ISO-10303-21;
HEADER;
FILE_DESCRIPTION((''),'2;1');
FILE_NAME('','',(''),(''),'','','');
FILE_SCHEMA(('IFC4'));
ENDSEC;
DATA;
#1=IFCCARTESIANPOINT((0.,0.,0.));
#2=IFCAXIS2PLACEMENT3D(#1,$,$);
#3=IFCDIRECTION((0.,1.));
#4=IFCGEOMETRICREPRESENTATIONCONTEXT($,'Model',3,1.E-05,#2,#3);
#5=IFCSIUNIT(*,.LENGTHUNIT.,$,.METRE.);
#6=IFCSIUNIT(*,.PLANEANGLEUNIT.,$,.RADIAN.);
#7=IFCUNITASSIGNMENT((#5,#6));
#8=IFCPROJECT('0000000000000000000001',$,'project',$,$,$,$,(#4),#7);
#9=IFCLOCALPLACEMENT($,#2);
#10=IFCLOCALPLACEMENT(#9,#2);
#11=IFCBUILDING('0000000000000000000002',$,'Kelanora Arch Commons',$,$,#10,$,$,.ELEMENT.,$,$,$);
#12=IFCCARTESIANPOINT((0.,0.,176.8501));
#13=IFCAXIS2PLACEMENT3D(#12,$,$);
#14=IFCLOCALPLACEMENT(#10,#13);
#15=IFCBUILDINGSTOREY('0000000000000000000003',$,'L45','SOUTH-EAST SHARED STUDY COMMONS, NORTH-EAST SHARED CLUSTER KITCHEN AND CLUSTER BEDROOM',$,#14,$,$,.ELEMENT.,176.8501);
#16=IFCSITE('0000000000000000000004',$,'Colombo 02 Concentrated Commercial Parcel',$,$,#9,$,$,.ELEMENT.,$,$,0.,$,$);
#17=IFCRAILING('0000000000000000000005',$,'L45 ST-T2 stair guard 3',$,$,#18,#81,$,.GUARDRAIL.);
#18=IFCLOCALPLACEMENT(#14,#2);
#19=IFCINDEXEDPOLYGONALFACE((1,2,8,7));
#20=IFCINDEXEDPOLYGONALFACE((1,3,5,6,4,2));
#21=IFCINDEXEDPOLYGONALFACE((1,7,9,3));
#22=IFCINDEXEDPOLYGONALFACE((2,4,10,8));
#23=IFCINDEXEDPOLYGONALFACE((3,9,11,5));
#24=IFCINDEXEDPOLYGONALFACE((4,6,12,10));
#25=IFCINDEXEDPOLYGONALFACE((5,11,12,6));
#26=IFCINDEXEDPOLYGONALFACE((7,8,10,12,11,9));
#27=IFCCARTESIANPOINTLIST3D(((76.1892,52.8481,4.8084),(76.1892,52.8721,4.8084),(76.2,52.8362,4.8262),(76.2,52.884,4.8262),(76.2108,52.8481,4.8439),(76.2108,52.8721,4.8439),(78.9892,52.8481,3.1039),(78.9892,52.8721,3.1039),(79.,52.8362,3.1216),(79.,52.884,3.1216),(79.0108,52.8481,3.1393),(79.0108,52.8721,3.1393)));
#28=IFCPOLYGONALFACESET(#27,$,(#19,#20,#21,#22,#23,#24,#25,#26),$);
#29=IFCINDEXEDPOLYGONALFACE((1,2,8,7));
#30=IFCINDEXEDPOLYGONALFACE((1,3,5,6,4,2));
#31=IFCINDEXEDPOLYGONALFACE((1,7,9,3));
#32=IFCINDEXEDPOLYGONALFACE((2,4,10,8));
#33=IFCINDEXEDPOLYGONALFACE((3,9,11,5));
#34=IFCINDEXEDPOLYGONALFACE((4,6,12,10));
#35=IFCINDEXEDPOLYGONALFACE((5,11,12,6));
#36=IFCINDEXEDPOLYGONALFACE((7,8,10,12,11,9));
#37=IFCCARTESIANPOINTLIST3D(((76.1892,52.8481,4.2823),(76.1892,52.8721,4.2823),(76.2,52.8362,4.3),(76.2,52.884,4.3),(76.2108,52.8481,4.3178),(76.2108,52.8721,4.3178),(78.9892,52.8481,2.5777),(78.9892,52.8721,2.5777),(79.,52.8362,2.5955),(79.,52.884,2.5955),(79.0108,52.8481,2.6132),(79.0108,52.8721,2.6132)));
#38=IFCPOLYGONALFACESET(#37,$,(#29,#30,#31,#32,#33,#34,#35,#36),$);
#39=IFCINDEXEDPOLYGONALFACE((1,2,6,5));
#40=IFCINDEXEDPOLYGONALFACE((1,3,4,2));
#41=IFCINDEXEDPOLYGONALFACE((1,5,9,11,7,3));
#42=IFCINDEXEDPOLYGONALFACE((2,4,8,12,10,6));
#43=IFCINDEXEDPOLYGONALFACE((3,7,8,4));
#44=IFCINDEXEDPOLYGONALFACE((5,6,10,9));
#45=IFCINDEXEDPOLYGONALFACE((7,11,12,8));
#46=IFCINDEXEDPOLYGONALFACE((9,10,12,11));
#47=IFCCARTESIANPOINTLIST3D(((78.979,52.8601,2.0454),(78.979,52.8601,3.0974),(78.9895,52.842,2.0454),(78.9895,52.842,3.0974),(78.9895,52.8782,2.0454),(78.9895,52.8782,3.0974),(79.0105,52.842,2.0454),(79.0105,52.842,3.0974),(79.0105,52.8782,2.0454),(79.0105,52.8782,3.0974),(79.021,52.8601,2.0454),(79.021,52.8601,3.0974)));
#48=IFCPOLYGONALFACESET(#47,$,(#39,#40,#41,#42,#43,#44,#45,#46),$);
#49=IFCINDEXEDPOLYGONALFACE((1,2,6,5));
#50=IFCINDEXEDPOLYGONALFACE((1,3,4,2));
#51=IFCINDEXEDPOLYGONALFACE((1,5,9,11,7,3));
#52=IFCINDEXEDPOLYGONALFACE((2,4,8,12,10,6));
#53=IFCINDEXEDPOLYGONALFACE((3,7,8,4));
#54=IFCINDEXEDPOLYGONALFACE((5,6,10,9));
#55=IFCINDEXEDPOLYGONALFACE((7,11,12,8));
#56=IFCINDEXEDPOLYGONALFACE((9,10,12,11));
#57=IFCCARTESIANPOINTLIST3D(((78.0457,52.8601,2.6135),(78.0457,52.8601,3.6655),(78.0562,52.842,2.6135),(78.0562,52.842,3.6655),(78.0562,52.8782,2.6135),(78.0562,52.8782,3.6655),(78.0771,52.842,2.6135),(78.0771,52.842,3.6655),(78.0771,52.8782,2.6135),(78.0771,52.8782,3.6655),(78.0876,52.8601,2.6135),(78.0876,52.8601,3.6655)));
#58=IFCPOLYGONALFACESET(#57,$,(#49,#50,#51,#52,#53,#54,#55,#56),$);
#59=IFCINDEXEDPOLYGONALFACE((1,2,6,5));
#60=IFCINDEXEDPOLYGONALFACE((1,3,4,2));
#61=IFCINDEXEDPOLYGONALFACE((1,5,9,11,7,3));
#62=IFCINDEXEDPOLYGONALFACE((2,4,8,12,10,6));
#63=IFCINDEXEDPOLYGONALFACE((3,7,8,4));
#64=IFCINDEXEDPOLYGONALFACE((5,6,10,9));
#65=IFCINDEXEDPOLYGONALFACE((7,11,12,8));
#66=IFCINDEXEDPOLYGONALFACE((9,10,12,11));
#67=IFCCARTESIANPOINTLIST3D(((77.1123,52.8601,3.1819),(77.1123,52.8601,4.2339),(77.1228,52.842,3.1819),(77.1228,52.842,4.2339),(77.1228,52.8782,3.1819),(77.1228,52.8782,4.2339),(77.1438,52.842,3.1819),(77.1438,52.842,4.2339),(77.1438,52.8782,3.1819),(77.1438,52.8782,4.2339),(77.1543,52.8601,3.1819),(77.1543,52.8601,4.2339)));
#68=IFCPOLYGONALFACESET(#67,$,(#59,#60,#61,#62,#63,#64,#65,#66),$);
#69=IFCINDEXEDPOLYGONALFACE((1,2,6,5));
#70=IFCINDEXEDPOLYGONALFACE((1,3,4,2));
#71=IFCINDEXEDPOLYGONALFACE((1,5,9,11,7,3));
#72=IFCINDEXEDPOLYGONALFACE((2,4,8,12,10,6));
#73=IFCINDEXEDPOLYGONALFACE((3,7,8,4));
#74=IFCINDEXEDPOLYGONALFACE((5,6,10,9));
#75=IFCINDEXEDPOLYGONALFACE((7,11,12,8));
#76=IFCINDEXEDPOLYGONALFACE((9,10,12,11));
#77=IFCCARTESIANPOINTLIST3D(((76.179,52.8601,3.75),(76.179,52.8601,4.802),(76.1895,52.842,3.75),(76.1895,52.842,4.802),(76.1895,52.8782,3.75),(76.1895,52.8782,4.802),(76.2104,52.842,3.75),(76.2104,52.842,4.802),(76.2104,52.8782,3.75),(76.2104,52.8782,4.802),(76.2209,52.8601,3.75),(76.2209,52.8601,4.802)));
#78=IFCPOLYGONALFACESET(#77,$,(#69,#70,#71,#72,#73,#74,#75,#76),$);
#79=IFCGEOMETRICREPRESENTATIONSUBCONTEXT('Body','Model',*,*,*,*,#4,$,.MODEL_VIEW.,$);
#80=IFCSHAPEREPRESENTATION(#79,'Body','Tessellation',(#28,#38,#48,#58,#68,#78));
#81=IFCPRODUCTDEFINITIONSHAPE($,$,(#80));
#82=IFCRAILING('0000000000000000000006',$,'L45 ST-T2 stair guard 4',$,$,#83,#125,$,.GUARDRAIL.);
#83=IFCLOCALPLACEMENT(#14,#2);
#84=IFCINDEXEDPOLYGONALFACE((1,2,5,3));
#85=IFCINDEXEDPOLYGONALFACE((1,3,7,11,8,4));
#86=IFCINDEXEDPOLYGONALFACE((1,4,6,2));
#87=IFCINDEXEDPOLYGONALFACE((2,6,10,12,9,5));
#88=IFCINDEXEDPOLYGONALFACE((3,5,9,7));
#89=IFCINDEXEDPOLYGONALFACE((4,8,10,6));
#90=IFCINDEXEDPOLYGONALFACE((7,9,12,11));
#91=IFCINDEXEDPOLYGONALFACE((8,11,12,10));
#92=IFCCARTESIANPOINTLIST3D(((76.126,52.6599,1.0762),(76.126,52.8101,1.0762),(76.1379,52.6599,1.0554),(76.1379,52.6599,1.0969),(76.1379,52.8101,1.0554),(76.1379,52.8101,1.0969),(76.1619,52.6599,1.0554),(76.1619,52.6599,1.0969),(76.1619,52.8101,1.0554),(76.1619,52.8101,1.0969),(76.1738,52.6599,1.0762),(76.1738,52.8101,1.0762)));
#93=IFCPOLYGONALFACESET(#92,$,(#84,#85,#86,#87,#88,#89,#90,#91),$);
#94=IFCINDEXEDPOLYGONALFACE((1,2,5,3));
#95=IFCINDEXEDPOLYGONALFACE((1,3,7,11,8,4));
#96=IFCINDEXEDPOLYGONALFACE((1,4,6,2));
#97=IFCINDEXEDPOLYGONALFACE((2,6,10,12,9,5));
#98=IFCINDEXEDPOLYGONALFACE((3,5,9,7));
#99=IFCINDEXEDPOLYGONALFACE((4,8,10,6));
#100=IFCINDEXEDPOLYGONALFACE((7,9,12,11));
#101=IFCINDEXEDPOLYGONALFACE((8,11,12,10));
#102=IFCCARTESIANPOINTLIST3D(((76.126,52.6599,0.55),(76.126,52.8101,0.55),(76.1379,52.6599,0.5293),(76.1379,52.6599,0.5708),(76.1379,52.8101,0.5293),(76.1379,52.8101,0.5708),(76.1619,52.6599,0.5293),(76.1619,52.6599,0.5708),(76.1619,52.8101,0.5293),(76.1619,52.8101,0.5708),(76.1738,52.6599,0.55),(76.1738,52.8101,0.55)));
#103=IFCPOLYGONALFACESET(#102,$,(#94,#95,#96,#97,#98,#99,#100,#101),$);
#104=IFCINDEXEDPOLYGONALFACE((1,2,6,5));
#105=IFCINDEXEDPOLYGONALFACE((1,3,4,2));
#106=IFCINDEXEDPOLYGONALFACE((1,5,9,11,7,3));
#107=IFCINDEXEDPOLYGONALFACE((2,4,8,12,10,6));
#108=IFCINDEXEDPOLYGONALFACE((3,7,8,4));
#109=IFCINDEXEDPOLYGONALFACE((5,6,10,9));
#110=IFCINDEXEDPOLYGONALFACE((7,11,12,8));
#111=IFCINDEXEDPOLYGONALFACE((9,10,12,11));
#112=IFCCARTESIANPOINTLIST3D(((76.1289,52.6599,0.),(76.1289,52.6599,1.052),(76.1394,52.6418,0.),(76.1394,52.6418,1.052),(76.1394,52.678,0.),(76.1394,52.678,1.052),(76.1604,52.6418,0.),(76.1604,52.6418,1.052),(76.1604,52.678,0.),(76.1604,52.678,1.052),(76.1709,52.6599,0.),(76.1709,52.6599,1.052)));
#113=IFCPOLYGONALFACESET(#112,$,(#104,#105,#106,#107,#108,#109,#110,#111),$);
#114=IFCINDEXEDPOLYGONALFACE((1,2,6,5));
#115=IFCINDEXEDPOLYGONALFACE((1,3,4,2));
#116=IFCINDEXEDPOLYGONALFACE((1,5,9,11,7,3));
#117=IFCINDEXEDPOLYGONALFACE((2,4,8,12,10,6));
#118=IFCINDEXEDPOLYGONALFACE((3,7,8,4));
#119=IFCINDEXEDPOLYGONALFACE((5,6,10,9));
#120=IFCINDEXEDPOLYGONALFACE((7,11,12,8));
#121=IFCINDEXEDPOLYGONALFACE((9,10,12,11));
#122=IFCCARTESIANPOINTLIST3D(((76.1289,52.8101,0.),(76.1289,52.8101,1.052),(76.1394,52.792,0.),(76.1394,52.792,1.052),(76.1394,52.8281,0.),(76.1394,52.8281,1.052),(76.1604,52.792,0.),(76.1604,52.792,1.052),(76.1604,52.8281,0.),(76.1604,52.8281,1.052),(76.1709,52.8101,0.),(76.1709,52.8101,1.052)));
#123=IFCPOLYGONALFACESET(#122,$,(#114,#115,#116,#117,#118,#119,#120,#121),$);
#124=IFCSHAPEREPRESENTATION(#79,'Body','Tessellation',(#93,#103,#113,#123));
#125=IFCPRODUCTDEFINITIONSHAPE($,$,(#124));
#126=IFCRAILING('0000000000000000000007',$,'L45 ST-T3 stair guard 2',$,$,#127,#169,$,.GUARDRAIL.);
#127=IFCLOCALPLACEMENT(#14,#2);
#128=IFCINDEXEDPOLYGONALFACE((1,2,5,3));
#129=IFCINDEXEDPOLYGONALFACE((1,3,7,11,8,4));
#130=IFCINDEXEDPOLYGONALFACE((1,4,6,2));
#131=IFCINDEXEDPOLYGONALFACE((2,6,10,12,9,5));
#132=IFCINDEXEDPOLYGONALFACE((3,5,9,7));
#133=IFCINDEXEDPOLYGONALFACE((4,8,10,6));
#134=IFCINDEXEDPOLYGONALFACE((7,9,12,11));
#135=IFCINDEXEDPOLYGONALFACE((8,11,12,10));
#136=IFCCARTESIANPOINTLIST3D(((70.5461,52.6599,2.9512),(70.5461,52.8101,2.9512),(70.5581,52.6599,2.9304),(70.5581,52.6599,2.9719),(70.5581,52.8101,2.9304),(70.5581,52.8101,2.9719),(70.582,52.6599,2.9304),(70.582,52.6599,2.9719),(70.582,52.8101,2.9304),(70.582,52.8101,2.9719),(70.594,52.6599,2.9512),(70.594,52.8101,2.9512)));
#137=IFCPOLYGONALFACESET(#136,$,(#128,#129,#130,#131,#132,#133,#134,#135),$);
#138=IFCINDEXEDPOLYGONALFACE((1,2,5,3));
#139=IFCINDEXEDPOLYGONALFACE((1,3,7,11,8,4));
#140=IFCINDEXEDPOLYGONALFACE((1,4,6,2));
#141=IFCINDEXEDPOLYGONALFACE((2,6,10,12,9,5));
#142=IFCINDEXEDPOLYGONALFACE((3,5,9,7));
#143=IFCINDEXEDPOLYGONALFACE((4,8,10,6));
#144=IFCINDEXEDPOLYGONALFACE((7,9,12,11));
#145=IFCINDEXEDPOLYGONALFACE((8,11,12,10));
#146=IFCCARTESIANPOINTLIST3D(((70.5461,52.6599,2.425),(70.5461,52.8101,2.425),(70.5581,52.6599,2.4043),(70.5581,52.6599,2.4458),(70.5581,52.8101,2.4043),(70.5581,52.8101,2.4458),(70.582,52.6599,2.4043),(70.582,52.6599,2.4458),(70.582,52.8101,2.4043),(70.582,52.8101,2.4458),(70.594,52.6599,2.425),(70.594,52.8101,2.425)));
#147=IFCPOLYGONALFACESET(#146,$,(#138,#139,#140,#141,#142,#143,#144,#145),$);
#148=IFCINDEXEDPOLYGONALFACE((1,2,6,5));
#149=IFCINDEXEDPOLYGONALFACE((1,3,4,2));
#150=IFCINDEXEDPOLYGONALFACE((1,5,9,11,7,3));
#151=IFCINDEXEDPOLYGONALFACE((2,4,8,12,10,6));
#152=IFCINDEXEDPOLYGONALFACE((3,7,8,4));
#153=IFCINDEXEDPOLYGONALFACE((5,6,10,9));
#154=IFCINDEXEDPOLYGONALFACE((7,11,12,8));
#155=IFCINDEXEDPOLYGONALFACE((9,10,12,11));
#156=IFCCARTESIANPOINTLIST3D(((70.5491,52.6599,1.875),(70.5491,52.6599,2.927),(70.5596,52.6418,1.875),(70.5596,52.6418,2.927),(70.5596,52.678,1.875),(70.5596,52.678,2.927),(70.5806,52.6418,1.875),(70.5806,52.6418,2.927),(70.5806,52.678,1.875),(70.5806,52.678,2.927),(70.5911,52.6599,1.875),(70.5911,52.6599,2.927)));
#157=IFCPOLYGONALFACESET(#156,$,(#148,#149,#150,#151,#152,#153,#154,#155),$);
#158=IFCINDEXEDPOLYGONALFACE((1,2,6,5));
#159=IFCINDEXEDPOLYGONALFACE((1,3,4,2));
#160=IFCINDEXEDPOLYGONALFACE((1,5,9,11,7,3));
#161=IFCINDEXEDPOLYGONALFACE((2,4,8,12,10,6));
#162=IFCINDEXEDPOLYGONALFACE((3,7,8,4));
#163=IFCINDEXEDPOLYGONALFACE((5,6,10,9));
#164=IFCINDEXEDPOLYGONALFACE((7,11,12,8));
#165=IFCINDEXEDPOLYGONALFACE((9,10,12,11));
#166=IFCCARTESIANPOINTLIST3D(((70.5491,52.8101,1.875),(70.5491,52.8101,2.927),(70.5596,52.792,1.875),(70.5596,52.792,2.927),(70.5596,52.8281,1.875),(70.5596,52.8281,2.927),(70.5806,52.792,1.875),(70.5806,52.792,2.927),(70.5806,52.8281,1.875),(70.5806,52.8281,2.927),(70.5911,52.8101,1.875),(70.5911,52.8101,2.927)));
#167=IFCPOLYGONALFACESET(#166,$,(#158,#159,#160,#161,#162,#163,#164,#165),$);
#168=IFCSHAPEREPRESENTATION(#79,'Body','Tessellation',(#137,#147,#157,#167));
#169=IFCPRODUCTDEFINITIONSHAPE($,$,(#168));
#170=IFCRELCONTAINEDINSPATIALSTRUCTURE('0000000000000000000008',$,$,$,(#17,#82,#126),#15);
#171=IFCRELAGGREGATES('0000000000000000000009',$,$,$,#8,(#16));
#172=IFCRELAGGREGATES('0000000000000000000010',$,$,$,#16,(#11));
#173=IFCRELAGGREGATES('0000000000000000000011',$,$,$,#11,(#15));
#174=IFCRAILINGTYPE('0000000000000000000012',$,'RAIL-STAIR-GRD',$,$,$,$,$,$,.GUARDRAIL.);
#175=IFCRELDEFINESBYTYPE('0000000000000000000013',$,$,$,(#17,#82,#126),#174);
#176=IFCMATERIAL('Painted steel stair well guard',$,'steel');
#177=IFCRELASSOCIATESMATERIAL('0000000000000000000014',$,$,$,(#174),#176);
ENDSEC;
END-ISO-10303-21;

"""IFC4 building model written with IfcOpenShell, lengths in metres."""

from ifc_helpers import new_model, si_unit, direction, frame, origin, place, context, subcontext, project, spatial, polyline, outline, extrude, material, type_object, element, save


model = new_model("IFC4")

# Units and contexts
model_context = context("Model", 3, precision=1e-05, world=origin(), true_north=direction((0.0, 1.0)))
body_context = subcontext(model_context, "Body", "Model", "MODEL_VIEW")
ifc_project = project(units=[si_unit("LENGTHUNIT", "METRE"), si_unit("PLANEANGLEUNIT", "RADIAN")], contexts=[model_context])

# Site, building, storey
site_placement = place(None, origin())
site = spatial("IfcSite", under=ifc_project, at=site_placement, Name="Colombo 02 Concentrated Commercial Parcel", CompositionType="ELEMENT", RefElevation=0.0)
building_placement = place(site_placement, origin())
building = spatial("IfcBuilding", under=site, at=building_placement, Name="Kelanora Arch Commons", CompositionType="ELEMENT")
storey_placement = place(building_placement, frame((0.0, 0.0, 176.8501)))
storey = spatial("IfcBuildingStorey", under=building, at=storey_placement, Name="L45", Description="SOUTH-EAST SHARED STUDY COMMONS, NORTH-EAST SHARED CLUSTER KITCHEN AND CLUSTER BEDROOM", CompositionType="ELEMENT", Elevation=176.8501)

# Railings
ifc_material_1 = material(Name="Painted steel stair well guard", Category="steel")
railing_type_1 = type_object("IfcRailingType", Name="RAIL-STAIR-GRD", PredefinedType="GUARDRAIL", material=ifc_material_1)
railing_1_placement = place(storey_placement, frame((79.0, 52.8601, 2.0454)))
element("IfcRailing", 1, at=railing_1_placement, inside=storey, type_object=railing_type_1, Name="L45 ST-T2 stair guard 3", PredefinedType="GUARDRAIL", context=body_context, shape_type="SweptSolid", body=[
    extrude(outline(polyline([(0.0239, 0.0), (0.012, 0.0208), (-0.012, 0.0208), (-0.0239, 0.0), (-0.012, -0.0208), (0.012, -0.0208), (0.0239, 0.0)])), frame((0.0, 0.0, 1.0762), z_axis=(-0.85417, 0.0, 0.519994), x_axis=(0.0, -1.0, 0.0)), (0.0, 0.0, 1.0), 3.2781),
    extrude(outline(polyline([(0.0239, 0.0), (0.012, 0.0208), (-0.012, 0.0208), (-0.0239, 0.0), (-0.012, -0.0208), (0.012, -0.0208), (0.0239, 0.0)])), frame((0.0, 0.0, 0.55), z_axis=(-0.85417, 0.0, 0.519994), x_axis=(0.0, -1.0, 0.0)), (0.0, 0.0, 1.0), 3.2781),
    extrude(outline(polyline([(0.021, 0.0), (0.0105, 0.0181), (-0.0105, 0.0181), (-0.021, 0.0), (-0.0105, -0.0181), (0.0105, -0.0181), (0.021, 0.0)])), origin(), (0.0, 0.0, 1.0), 1.052),
    extrude(outline(polyline([(0.021, 0.0), (0.0105, 0.0181), (-0.0105, 0.0181), (-0.021, 0.0), (-0.0105, -0.0181), (0.0105, -0.0181), (0.021, 0.0)])), frame((-0.9333, 0.0, 0.5681)), (0.0, 0.0, 1.0), 1.052),
    extrude(outline(polyline([(0.021, 0.0), (0.0105, 0.0181), (-0.0105, 0.0181), (-0.021, 0.0), (-0.0105, -0.0181), (0.0105, -0.0181), (0.021, 0.0)])), frame((-1.8667, 0.0, 1.1365)), (0.0, 0.0, 1.0), 1.052),
    extrude(outline(polyline([(0.021, 0.0), (0.0105, 0.0181), (-0.0105, 0.0181), (-0.021, 0.0), (-0.0105, -0.0181), (0.0105, -0.0181), (0.021, 0.0)])), frame((-2.8, 0.0, 1.7046)), (0.0, 0.0, 1.0), 1.052),
])
for number, where, name in (
    (2, (76.1499, 52.6599, 0.0), "L45 ST-T2 stair guard 4"),
    (3, (70.5701, 52.6599, 1.875), "L45 ST-T3 stair guard 2"),
):
    element("IfcRailing", number, at=place(storey_placement, frame(where)), inside=storey, type_object=railing_type_1, Name=name, PredefinedType="GUARDRAIL", context=body_context, shape_type="SweptSolid", body=[
        extrude(outline(polyline([(0.0239, 0.0), (0.012, 0.0208), (-0.012, 0.0208), (-0.0239, 0.0), (-0.012, -0.0208), (0.012, -0.0208), (0.0239, 0.0)])), frame((0.0, 0.0, 1.0762), z_axis=(0.0, 1.0, 0.0), x_axis=(-1.0, 0.0, 0.0)), (0.0, 0.0, 1.0), 0.1501),
        extrude(outline(polyline([(0.0239, 0.0), (0.012, 0.0208), (-0.012, 0.0208), (-0.0239, 0.0), (-0.012, -0.0208), (0.012, -0.0208), (0.0239, 0.0)])), frame((0.0, 0.0, 0.55), z_axis=(0.0, 1.0, 0.0), x_axis=(-1.0, 0.0, 0.0)), (0.0, 0.0, 1.0), 0.1501),
        extrude(outline(polyline([(0.021, 0.0), (0.0105, 0.0181), (-0.0105, 0.0181), (-0.021, 0.0), (-0.0105, -0.0181), (0.0105, -0.0181), (0.021, 0.0)])), origin(), (0.0, 0.0, 1.0), 1.052),
        extrude(outline(polyline([(0.021, 0.0), (0.0105, 0.0181), (-0.0105, 0.0181), (-0.021, 0.0), (-0.0105, -0.0181), (0.0105, -0.0181), (0.021, 0.0)])), frame((0.0, 0.1501, 0.0)), (0.0, 0.0, 1.0), 1.052),
    ])

save(model, "model.ifc")
